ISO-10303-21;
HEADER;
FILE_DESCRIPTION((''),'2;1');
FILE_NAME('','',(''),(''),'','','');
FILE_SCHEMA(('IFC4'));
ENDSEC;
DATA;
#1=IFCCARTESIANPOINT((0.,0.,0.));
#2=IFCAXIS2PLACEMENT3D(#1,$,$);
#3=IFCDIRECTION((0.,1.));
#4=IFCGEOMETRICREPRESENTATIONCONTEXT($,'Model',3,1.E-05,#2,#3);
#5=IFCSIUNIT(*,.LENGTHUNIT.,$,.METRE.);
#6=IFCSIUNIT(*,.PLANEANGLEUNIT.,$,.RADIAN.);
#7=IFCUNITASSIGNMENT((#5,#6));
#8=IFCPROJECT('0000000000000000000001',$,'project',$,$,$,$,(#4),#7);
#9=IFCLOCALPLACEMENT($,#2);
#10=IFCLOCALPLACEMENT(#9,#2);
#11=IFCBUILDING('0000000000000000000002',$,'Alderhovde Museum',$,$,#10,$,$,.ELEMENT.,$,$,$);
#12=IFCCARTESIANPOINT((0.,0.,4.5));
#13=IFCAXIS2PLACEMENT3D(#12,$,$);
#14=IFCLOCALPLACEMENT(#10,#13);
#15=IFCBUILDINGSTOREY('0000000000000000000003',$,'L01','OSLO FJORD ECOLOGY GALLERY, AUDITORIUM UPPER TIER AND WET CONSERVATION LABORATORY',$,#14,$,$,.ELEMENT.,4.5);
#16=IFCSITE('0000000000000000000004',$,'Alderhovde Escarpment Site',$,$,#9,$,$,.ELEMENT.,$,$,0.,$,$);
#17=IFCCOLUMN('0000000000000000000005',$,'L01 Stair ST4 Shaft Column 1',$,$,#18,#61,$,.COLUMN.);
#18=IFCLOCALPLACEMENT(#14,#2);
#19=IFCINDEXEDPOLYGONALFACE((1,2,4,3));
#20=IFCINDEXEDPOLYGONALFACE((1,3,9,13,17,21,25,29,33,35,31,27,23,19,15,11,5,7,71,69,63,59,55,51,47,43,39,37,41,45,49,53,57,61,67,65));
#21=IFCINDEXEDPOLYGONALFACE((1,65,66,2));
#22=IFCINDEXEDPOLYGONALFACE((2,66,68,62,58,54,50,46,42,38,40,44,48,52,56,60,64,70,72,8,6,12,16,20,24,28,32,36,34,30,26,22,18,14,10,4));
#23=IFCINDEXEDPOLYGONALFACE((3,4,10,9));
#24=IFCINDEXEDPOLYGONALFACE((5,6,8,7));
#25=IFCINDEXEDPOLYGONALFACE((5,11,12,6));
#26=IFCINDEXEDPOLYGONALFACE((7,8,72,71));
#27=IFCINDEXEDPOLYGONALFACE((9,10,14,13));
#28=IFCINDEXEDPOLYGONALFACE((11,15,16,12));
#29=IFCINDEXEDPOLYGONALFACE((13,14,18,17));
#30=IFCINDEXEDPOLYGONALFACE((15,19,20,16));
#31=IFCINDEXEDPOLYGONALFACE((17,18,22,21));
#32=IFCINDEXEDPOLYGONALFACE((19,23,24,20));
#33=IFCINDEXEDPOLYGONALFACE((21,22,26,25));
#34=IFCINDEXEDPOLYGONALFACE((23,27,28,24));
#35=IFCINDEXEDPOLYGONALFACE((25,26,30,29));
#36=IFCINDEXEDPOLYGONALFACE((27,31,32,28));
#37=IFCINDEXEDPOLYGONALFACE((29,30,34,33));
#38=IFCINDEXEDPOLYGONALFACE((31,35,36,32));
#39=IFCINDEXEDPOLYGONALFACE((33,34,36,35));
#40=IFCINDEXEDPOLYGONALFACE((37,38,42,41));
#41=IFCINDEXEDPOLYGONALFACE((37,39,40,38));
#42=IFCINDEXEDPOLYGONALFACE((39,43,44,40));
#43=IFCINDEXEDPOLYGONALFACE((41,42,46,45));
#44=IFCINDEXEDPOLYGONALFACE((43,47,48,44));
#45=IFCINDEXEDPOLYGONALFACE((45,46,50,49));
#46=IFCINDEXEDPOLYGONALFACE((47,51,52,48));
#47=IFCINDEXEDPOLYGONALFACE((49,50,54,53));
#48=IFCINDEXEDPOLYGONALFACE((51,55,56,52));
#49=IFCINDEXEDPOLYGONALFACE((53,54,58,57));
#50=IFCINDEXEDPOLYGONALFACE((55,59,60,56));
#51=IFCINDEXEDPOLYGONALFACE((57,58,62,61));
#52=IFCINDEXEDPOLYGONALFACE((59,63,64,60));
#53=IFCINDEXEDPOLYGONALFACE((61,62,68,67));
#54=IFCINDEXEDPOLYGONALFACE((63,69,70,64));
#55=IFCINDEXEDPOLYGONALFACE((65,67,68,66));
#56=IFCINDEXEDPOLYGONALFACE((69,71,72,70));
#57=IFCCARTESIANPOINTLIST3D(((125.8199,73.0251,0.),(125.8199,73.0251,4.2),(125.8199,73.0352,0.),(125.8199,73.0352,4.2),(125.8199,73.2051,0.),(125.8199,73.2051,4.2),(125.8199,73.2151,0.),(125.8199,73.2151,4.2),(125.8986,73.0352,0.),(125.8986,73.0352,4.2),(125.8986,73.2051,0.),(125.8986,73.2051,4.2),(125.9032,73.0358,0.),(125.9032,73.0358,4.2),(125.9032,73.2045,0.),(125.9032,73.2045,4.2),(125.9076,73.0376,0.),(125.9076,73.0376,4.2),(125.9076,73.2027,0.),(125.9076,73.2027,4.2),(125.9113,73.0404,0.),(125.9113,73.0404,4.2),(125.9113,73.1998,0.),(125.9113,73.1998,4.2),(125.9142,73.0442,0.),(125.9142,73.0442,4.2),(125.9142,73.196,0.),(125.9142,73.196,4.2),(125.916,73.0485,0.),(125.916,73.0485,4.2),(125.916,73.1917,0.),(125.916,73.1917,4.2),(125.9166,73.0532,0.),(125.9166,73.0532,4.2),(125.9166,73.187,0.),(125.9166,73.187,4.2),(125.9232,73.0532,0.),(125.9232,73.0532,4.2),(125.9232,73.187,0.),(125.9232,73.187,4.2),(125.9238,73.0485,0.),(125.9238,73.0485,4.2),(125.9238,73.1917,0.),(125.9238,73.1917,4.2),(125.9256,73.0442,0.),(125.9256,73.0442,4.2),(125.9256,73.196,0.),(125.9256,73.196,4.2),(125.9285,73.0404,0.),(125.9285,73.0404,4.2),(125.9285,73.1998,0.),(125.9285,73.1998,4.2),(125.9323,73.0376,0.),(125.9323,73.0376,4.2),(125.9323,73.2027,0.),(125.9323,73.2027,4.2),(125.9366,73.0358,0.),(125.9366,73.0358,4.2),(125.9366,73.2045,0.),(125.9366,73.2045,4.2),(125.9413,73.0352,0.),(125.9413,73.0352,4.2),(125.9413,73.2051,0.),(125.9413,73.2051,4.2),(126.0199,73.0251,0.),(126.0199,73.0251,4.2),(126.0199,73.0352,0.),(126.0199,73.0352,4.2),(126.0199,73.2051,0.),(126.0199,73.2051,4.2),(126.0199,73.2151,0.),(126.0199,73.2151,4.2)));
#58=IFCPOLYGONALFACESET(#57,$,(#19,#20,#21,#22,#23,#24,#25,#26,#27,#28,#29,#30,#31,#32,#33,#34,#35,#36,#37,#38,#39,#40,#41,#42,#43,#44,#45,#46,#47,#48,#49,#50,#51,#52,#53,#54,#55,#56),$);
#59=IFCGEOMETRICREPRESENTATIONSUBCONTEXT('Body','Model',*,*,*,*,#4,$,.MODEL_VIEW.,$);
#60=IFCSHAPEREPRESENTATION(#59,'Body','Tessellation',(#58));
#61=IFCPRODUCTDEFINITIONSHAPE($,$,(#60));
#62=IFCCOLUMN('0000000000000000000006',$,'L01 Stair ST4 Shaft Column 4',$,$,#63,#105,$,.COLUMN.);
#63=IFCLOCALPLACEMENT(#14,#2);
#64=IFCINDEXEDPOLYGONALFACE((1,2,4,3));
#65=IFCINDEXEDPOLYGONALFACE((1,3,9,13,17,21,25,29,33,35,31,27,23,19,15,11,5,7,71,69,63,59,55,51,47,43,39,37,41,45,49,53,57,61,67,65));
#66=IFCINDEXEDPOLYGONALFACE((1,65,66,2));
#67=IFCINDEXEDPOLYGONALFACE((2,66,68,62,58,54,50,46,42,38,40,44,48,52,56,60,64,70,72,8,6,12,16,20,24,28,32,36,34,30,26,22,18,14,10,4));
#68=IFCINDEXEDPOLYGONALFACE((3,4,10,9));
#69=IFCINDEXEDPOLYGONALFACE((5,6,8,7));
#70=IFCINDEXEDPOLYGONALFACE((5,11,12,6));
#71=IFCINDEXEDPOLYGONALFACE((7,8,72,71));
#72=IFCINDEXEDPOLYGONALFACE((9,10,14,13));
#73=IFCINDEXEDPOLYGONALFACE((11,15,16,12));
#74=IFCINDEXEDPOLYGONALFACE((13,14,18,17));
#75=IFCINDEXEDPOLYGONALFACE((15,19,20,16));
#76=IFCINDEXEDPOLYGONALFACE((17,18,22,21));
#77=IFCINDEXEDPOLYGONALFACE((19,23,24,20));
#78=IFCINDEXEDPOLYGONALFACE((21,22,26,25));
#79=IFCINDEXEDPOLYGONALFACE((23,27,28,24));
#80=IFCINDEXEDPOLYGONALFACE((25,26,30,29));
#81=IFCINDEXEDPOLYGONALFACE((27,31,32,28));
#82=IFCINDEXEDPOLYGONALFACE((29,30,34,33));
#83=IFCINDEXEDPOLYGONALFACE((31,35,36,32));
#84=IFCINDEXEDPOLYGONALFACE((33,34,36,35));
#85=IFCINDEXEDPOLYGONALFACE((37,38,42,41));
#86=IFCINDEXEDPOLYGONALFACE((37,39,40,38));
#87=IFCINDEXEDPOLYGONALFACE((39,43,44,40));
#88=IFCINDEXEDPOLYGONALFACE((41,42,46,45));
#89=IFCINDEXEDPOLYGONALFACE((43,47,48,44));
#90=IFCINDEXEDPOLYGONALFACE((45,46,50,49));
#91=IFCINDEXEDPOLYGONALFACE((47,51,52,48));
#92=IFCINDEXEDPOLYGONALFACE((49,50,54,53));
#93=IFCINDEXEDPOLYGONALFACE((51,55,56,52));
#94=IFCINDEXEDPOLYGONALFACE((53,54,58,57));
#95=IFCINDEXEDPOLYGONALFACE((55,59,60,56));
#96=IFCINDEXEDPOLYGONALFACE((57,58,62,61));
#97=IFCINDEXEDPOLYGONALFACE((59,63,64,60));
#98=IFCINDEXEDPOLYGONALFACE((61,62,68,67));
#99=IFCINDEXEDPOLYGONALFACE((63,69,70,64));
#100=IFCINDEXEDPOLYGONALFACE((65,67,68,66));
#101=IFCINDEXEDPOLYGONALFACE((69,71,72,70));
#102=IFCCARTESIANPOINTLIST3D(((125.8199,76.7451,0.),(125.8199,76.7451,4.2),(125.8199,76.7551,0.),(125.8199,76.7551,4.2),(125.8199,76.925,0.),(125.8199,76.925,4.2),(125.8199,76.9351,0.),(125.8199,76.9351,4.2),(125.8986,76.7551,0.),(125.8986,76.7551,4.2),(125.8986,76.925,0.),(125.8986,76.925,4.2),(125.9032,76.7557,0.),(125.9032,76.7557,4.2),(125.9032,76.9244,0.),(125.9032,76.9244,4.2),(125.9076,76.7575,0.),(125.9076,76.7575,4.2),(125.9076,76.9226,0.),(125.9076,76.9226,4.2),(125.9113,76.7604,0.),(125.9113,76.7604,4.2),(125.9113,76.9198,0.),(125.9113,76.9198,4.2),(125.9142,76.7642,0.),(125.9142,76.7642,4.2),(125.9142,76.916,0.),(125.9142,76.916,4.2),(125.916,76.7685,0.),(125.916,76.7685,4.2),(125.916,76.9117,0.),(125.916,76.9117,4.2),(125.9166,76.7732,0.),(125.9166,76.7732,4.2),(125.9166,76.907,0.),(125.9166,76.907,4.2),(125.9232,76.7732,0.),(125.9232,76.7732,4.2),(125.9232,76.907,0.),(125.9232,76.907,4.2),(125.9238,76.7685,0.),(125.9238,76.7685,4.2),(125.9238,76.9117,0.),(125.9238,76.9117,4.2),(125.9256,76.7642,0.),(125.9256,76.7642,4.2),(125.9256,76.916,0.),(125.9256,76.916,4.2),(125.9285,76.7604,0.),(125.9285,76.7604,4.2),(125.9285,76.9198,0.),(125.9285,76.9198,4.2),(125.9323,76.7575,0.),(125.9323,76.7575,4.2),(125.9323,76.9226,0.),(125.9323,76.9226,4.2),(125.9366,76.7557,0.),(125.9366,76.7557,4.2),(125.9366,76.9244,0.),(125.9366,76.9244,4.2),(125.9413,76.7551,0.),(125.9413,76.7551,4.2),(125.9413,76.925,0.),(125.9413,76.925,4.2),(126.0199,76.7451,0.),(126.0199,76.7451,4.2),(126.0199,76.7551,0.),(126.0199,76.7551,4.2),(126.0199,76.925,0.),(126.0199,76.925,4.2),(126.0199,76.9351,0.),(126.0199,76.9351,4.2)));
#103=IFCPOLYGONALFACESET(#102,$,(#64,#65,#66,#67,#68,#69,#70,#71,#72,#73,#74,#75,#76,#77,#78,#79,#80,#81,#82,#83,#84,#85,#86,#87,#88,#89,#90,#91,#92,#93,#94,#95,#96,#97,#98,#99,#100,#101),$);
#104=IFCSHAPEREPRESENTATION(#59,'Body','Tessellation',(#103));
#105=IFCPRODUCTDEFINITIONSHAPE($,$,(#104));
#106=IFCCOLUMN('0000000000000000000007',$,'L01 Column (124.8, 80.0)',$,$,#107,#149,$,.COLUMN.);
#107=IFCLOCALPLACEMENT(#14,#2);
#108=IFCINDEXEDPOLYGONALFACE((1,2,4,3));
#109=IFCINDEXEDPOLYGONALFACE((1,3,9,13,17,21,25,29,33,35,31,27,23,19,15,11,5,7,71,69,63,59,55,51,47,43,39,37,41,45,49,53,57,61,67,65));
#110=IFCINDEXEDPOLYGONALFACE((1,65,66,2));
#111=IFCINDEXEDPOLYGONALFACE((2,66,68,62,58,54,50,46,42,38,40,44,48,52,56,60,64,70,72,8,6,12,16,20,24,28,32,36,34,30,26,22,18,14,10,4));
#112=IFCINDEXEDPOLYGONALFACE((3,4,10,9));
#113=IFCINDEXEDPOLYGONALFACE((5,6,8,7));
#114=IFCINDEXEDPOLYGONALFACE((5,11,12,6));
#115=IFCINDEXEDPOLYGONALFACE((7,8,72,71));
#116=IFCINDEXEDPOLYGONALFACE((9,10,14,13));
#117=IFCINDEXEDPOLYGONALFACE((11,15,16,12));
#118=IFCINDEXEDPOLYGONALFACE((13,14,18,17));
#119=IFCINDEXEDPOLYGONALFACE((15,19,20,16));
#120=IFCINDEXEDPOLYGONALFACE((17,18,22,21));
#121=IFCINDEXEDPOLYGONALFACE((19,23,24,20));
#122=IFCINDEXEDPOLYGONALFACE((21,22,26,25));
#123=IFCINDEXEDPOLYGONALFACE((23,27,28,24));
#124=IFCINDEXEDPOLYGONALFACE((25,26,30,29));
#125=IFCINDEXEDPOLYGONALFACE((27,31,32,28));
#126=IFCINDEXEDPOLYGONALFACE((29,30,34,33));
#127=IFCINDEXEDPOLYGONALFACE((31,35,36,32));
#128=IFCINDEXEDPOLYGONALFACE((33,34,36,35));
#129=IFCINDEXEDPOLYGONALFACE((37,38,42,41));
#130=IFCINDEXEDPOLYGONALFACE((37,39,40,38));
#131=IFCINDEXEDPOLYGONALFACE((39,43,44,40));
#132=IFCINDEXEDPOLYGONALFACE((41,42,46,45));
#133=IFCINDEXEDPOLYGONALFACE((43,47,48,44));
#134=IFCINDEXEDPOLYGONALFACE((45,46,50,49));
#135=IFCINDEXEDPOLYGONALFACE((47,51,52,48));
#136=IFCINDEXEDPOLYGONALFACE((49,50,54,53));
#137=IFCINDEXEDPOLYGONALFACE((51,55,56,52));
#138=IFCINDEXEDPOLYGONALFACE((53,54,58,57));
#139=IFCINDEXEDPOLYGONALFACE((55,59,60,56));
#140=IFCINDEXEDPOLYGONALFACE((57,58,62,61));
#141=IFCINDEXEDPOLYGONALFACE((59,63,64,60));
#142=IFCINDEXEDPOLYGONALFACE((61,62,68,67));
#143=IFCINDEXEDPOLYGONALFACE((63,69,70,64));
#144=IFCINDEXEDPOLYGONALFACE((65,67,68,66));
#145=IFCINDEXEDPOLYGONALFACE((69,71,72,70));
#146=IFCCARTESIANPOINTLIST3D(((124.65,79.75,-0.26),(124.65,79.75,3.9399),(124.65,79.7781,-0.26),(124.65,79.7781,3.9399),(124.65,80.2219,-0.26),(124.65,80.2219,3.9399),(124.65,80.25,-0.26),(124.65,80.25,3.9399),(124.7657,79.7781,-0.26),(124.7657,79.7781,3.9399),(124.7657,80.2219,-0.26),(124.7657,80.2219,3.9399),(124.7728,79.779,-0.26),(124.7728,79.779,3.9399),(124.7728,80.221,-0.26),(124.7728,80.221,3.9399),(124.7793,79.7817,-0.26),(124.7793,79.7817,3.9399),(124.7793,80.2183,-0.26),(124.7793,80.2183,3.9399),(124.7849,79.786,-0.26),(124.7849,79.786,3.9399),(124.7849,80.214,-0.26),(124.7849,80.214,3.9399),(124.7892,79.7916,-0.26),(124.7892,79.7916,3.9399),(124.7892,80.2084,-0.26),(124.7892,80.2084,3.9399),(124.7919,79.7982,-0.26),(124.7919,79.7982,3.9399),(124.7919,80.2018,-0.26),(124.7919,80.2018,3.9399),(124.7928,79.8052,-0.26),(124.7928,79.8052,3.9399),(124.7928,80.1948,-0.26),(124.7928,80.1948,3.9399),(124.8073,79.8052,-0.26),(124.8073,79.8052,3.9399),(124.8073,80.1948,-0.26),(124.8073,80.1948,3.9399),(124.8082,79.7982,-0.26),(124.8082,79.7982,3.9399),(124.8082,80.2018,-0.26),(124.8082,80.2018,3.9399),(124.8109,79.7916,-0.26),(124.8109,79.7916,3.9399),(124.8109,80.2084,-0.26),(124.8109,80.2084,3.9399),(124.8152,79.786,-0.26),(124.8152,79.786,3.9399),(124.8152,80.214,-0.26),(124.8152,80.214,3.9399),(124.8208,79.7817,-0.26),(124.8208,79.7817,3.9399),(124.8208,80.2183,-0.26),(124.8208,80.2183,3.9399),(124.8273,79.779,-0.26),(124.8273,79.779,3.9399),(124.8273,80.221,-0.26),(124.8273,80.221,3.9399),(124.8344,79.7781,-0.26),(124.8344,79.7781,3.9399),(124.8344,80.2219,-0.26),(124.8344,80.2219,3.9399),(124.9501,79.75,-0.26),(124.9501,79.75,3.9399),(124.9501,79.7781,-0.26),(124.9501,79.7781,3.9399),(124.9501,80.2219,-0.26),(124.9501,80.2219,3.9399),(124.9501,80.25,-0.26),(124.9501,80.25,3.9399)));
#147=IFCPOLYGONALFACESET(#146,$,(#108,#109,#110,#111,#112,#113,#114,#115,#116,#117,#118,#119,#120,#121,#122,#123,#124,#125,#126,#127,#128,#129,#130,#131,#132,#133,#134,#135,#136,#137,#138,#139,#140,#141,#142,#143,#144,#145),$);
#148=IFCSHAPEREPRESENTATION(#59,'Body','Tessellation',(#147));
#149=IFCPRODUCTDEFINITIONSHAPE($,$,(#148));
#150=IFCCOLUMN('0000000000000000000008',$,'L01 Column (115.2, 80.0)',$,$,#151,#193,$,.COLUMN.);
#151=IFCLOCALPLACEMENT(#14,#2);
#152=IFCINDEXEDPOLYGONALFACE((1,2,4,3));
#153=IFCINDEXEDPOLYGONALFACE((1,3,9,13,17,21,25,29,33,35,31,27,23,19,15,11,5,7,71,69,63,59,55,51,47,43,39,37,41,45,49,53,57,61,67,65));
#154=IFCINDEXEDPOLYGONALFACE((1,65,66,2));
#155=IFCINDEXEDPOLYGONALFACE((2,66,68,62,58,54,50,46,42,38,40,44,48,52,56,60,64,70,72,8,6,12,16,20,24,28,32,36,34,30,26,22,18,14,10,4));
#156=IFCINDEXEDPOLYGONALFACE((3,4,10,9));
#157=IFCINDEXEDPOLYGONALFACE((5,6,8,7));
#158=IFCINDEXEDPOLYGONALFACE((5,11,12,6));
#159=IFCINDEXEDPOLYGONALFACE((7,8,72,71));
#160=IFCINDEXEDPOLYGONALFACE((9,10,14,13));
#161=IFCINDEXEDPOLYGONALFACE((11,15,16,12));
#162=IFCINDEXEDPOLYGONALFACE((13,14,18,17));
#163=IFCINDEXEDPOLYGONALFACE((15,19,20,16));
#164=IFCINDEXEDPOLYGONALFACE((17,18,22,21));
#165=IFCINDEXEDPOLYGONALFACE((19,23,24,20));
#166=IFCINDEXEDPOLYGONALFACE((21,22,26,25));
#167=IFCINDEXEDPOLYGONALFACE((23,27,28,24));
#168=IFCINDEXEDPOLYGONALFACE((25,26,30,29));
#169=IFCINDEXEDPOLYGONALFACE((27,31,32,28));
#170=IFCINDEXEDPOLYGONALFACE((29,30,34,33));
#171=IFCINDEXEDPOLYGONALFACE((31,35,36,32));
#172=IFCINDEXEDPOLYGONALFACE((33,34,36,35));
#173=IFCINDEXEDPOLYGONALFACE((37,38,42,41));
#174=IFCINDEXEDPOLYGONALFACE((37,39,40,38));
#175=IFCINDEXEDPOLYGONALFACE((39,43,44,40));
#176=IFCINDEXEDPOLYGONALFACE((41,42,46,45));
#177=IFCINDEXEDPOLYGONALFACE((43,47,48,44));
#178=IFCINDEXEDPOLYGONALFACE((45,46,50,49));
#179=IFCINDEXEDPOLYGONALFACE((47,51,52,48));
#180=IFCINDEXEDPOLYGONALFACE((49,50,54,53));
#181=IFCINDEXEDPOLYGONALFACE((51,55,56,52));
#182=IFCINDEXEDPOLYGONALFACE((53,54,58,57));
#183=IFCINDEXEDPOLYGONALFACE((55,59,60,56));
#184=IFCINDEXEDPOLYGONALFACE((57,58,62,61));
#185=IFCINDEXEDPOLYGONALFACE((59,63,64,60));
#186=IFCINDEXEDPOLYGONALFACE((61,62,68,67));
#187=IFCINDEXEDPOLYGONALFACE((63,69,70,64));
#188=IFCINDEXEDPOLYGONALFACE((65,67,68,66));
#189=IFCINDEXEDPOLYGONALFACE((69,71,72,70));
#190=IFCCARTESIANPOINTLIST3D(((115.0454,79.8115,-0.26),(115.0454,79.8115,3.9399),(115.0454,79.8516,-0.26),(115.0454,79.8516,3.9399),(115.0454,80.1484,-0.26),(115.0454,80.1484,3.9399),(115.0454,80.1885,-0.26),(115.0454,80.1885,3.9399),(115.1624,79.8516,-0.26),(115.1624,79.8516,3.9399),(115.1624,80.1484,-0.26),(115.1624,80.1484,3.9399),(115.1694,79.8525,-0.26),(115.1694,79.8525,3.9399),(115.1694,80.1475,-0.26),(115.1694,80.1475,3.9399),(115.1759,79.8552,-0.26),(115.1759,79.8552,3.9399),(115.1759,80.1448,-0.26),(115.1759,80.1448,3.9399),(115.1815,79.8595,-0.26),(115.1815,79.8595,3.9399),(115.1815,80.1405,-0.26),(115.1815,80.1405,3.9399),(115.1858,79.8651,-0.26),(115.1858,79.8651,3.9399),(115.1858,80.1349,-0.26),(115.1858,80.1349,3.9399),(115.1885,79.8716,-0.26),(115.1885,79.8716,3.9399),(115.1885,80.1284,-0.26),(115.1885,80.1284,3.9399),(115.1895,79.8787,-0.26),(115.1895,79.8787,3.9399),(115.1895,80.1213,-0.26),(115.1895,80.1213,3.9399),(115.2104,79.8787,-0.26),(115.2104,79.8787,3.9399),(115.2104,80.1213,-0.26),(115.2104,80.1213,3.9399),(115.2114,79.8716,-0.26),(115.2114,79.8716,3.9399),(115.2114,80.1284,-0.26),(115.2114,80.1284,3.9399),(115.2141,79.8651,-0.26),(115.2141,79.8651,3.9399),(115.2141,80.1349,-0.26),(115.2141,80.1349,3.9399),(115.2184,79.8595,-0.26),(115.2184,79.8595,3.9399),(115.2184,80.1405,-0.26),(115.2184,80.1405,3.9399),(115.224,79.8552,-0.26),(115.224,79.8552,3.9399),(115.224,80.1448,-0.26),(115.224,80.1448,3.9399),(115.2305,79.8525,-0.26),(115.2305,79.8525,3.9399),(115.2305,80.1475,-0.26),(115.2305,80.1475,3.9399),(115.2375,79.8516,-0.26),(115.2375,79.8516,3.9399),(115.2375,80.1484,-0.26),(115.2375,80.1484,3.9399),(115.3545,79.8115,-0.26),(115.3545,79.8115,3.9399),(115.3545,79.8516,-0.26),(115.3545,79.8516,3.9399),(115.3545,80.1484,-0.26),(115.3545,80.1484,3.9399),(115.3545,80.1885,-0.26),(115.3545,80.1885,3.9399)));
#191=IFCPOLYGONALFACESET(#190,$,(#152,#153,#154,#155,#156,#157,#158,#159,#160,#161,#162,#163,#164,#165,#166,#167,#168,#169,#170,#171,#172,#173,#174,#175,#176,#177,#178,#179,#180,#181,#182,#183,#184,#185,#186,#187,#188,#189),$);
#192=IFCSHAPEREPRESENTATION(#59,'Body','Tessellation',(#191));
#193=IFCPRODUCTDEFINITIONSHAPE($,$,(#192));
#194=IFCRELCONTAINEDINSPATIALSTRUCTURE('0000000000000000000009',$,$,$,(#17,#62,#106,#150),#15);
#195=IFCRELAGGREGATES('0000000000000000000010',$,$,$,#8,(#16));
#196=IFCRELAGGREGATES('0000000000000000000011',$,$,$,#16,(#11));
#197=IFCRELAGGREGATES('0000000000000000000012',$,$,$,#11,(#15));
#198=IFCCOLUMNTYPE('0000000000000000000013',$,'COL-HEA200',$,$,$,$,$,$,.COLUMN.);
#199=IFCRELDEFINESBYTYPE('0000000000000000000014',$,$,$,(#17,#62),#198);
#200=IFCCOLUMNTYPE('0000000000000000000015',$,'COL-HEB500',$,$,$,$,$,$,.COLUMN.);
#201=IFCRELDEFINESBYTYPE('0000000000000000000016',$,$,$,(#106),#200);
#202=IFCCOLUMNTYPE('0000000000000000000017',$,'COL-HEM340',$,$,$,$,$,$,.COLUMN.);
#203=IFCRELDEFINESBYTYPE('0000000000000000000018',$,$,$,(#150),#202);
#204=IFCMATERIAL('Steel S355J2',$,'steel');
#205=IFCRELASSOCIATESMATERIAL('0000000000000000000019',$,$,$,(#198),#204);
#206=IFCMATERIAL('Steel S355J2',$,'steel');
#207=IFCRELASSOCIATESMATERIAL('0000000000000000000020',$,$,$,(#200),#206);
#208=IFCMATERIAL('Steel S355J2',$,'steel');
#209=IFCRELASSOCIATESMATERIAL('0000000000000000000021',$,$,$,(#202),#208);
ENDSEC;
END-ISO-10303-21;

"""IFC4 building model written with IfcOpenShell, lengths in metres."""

from ifc_helpers import new_model, si_unit, direction, frame, origin, origin_2d, place, context, subcontext, project, spatial, i_section, extrude, material, material_profile, profile_set, type_object, element, save


model = new_model("IFC4")

# Units and contexts
model_context = context("Model", 3, precision=1e-05, world=origin(), true_north=direction((0.0, 1.0)))
body_context = subcontext(model_context, "Body", "Model", "MODEL_VIEW")
ifc_project = project(units=[si_unit("LENGTHUNIT", "METRE"), si_unit("PLANEANGLEUNIT", "RADIAN")], contexts=[model_context])

# Site, building, storey
site_placement = place(None, origin())
site = spatial("IfcSite", under=ifc_project, at=site_placement, Name="Alderhovde Escarpment Site", CompositionType="ELEMENT", RefElevation=0.0)
building_placement = place(site_placement, origin())
building = spatial("IfcBuilding", under=site, at=building_placement, Name="Alderhovde Museum", CompositionType="ELEMENT")
storey_placement = place(building_placement, frame((0.0, 0.0, 4.5)))
storey = spatial("IfcBuildingStorey", under=building, at=storey_placement, Name="L01", Description="OSLO FJORD ECOLOGY GALLERY, AUDITORIUM UPPER TIER AND WET CONSERVATION LABORATORY", CompositionType="ELEMENT", Elevation=4.5)

# Columns
ifc_material_1 = material(Name="Steel S355J2", Category="steel")
ifc_material_profile_1 = material_profile(ifc_material_1, i_section(OverallWidth=0.2, OverallDepth=0.1899, WebThickness=0.0066, FlangeThickness=0.01, FilletRadius=0.0181, at=origin_2d()), Name="HEA 200")
ifc_profile_set_1 = profile_set([ifc_material_profile_1], Name="Steel S355J2")
column_type_1 = type_object("IfcColumnType", Name="COL-HEA200", PredefinedType="COLUMN", material=ifc_profile_set_1)
for number, where, z_axis, x_axis, name in (
    (1, (125.9199, 73.1201, 0.0), (0.0, 0.0, 1.0), (1.0, 0.0, 0.0), "L01 Stair ST4 Shaft Column 1"),
    (2, (125.9199, 76.8401, 0.0), (0.0, 0.0, 1.0), (1.0, 0.0, 0.0), "L01 Stair ST4 Shaft Column 4"),
):
    element("IfcColumn", number, at=place(storey_placement, frame(where, z_axis=z_axis, x_axis=x_axis)), inside=storey, type_object=column_type_1, Name=name, PredefinedType="COLUMN", context=body_context, shape_type="SweptSolid", body=[
        extrude(i_section(OverallWidth=0.2, OverallDepth=0.1899, WebThickness=0.0066, FlangeThickness=0.01, FilletRadius=0.0181, at=origin_2d()), origin(), (0.0, 0.0, 1.0), 4.2),
    ])
ifc_material_2 = material(Name="Steel S355J2", Category="steel")
ifc_material_profile_2 = material_profile(ifc_material_2, i_section(OverallWidth=0.3, OverallDepth=0.5, WebThickness=0.0144, FlangeThickness=0.0281, FilletRadius=0.0271, at=origin_2d()), Name="HEB 500")
ifc_profile_set_2 = profile_set([ifc_material_profile_2], Name="Steel S355J2")
column_type_2 = type_object("IfcColumnType", Name="COL-HEB500", PredefinedType="COLUMN", material=ifc_profile_set_2)
column_1_placement = place(storey_placement, frame((124.8, 80.0, -0.26), z_axis=(0.0, 0.0, 1.0), x_axis=(1.0, 0.0, 0.0)))
element("IfcColumn", 3, at=column_1_placement, inside=storey, type_object=column_type_2, Name="L01 Column (124.8, 80.0)", PredefinedType="COLUMN", context=body_context, shape_type="SweptSolid", body=[
    extrude(i_section(OverallWidth=0.3, OverallDepth=0.5, WebThickness=0.0144, FlangeThickness=0.0281, FilletRadius=0.0271, at=origin_2d()), origin(), (0.0, 0.0, 1.0), 4.2),
])
ifc_material_3 = material(Name="Steel S355J2", Category="steel")
ifc_material_profile_3 = material_profile(ifc_material_3, i_section(OverallWidth=0.3091, OverallDepth=0.377, WebThickness=0.021, FlangeThickness=0.04, FilletRadius=0.0271, at=origin_2d()), Name="HEM 340")
ifc_profile_set_3 = profile_set([ifc_material_profile_3], Name="Steel S355J2")
column_type_3 = type_object("IfcColumnType", Name="COL-HEM340", PredefinedType="COLUMN", material=ifc_profile_set_3)
column_2_placement = place(storey_placement, frame((115.2, 80.0, -0.26), z_axis=(0.0, 0.0, 1.0), x_axis=(1.0, 0.0, 0.0)))
element("IfcColumn", 4, at=column_2_placement, inside=storey, type_object=column_type_3, Name="L01 Column (115.2, 80.0)", PredefinedType="COLUMN", context=body_context, shape_type="SweptSolid", body=[
    extrude(i_section(OverallWidth=0.3091, OverallDepth=0.377, WebThickness=0.021, FlangeThickness=0.04, FilletRadius=0.0271, at=origin_2d()), origin(), (0.0, 0.0, 1.0), 4.2),
])

save(model, "model.ifc")
